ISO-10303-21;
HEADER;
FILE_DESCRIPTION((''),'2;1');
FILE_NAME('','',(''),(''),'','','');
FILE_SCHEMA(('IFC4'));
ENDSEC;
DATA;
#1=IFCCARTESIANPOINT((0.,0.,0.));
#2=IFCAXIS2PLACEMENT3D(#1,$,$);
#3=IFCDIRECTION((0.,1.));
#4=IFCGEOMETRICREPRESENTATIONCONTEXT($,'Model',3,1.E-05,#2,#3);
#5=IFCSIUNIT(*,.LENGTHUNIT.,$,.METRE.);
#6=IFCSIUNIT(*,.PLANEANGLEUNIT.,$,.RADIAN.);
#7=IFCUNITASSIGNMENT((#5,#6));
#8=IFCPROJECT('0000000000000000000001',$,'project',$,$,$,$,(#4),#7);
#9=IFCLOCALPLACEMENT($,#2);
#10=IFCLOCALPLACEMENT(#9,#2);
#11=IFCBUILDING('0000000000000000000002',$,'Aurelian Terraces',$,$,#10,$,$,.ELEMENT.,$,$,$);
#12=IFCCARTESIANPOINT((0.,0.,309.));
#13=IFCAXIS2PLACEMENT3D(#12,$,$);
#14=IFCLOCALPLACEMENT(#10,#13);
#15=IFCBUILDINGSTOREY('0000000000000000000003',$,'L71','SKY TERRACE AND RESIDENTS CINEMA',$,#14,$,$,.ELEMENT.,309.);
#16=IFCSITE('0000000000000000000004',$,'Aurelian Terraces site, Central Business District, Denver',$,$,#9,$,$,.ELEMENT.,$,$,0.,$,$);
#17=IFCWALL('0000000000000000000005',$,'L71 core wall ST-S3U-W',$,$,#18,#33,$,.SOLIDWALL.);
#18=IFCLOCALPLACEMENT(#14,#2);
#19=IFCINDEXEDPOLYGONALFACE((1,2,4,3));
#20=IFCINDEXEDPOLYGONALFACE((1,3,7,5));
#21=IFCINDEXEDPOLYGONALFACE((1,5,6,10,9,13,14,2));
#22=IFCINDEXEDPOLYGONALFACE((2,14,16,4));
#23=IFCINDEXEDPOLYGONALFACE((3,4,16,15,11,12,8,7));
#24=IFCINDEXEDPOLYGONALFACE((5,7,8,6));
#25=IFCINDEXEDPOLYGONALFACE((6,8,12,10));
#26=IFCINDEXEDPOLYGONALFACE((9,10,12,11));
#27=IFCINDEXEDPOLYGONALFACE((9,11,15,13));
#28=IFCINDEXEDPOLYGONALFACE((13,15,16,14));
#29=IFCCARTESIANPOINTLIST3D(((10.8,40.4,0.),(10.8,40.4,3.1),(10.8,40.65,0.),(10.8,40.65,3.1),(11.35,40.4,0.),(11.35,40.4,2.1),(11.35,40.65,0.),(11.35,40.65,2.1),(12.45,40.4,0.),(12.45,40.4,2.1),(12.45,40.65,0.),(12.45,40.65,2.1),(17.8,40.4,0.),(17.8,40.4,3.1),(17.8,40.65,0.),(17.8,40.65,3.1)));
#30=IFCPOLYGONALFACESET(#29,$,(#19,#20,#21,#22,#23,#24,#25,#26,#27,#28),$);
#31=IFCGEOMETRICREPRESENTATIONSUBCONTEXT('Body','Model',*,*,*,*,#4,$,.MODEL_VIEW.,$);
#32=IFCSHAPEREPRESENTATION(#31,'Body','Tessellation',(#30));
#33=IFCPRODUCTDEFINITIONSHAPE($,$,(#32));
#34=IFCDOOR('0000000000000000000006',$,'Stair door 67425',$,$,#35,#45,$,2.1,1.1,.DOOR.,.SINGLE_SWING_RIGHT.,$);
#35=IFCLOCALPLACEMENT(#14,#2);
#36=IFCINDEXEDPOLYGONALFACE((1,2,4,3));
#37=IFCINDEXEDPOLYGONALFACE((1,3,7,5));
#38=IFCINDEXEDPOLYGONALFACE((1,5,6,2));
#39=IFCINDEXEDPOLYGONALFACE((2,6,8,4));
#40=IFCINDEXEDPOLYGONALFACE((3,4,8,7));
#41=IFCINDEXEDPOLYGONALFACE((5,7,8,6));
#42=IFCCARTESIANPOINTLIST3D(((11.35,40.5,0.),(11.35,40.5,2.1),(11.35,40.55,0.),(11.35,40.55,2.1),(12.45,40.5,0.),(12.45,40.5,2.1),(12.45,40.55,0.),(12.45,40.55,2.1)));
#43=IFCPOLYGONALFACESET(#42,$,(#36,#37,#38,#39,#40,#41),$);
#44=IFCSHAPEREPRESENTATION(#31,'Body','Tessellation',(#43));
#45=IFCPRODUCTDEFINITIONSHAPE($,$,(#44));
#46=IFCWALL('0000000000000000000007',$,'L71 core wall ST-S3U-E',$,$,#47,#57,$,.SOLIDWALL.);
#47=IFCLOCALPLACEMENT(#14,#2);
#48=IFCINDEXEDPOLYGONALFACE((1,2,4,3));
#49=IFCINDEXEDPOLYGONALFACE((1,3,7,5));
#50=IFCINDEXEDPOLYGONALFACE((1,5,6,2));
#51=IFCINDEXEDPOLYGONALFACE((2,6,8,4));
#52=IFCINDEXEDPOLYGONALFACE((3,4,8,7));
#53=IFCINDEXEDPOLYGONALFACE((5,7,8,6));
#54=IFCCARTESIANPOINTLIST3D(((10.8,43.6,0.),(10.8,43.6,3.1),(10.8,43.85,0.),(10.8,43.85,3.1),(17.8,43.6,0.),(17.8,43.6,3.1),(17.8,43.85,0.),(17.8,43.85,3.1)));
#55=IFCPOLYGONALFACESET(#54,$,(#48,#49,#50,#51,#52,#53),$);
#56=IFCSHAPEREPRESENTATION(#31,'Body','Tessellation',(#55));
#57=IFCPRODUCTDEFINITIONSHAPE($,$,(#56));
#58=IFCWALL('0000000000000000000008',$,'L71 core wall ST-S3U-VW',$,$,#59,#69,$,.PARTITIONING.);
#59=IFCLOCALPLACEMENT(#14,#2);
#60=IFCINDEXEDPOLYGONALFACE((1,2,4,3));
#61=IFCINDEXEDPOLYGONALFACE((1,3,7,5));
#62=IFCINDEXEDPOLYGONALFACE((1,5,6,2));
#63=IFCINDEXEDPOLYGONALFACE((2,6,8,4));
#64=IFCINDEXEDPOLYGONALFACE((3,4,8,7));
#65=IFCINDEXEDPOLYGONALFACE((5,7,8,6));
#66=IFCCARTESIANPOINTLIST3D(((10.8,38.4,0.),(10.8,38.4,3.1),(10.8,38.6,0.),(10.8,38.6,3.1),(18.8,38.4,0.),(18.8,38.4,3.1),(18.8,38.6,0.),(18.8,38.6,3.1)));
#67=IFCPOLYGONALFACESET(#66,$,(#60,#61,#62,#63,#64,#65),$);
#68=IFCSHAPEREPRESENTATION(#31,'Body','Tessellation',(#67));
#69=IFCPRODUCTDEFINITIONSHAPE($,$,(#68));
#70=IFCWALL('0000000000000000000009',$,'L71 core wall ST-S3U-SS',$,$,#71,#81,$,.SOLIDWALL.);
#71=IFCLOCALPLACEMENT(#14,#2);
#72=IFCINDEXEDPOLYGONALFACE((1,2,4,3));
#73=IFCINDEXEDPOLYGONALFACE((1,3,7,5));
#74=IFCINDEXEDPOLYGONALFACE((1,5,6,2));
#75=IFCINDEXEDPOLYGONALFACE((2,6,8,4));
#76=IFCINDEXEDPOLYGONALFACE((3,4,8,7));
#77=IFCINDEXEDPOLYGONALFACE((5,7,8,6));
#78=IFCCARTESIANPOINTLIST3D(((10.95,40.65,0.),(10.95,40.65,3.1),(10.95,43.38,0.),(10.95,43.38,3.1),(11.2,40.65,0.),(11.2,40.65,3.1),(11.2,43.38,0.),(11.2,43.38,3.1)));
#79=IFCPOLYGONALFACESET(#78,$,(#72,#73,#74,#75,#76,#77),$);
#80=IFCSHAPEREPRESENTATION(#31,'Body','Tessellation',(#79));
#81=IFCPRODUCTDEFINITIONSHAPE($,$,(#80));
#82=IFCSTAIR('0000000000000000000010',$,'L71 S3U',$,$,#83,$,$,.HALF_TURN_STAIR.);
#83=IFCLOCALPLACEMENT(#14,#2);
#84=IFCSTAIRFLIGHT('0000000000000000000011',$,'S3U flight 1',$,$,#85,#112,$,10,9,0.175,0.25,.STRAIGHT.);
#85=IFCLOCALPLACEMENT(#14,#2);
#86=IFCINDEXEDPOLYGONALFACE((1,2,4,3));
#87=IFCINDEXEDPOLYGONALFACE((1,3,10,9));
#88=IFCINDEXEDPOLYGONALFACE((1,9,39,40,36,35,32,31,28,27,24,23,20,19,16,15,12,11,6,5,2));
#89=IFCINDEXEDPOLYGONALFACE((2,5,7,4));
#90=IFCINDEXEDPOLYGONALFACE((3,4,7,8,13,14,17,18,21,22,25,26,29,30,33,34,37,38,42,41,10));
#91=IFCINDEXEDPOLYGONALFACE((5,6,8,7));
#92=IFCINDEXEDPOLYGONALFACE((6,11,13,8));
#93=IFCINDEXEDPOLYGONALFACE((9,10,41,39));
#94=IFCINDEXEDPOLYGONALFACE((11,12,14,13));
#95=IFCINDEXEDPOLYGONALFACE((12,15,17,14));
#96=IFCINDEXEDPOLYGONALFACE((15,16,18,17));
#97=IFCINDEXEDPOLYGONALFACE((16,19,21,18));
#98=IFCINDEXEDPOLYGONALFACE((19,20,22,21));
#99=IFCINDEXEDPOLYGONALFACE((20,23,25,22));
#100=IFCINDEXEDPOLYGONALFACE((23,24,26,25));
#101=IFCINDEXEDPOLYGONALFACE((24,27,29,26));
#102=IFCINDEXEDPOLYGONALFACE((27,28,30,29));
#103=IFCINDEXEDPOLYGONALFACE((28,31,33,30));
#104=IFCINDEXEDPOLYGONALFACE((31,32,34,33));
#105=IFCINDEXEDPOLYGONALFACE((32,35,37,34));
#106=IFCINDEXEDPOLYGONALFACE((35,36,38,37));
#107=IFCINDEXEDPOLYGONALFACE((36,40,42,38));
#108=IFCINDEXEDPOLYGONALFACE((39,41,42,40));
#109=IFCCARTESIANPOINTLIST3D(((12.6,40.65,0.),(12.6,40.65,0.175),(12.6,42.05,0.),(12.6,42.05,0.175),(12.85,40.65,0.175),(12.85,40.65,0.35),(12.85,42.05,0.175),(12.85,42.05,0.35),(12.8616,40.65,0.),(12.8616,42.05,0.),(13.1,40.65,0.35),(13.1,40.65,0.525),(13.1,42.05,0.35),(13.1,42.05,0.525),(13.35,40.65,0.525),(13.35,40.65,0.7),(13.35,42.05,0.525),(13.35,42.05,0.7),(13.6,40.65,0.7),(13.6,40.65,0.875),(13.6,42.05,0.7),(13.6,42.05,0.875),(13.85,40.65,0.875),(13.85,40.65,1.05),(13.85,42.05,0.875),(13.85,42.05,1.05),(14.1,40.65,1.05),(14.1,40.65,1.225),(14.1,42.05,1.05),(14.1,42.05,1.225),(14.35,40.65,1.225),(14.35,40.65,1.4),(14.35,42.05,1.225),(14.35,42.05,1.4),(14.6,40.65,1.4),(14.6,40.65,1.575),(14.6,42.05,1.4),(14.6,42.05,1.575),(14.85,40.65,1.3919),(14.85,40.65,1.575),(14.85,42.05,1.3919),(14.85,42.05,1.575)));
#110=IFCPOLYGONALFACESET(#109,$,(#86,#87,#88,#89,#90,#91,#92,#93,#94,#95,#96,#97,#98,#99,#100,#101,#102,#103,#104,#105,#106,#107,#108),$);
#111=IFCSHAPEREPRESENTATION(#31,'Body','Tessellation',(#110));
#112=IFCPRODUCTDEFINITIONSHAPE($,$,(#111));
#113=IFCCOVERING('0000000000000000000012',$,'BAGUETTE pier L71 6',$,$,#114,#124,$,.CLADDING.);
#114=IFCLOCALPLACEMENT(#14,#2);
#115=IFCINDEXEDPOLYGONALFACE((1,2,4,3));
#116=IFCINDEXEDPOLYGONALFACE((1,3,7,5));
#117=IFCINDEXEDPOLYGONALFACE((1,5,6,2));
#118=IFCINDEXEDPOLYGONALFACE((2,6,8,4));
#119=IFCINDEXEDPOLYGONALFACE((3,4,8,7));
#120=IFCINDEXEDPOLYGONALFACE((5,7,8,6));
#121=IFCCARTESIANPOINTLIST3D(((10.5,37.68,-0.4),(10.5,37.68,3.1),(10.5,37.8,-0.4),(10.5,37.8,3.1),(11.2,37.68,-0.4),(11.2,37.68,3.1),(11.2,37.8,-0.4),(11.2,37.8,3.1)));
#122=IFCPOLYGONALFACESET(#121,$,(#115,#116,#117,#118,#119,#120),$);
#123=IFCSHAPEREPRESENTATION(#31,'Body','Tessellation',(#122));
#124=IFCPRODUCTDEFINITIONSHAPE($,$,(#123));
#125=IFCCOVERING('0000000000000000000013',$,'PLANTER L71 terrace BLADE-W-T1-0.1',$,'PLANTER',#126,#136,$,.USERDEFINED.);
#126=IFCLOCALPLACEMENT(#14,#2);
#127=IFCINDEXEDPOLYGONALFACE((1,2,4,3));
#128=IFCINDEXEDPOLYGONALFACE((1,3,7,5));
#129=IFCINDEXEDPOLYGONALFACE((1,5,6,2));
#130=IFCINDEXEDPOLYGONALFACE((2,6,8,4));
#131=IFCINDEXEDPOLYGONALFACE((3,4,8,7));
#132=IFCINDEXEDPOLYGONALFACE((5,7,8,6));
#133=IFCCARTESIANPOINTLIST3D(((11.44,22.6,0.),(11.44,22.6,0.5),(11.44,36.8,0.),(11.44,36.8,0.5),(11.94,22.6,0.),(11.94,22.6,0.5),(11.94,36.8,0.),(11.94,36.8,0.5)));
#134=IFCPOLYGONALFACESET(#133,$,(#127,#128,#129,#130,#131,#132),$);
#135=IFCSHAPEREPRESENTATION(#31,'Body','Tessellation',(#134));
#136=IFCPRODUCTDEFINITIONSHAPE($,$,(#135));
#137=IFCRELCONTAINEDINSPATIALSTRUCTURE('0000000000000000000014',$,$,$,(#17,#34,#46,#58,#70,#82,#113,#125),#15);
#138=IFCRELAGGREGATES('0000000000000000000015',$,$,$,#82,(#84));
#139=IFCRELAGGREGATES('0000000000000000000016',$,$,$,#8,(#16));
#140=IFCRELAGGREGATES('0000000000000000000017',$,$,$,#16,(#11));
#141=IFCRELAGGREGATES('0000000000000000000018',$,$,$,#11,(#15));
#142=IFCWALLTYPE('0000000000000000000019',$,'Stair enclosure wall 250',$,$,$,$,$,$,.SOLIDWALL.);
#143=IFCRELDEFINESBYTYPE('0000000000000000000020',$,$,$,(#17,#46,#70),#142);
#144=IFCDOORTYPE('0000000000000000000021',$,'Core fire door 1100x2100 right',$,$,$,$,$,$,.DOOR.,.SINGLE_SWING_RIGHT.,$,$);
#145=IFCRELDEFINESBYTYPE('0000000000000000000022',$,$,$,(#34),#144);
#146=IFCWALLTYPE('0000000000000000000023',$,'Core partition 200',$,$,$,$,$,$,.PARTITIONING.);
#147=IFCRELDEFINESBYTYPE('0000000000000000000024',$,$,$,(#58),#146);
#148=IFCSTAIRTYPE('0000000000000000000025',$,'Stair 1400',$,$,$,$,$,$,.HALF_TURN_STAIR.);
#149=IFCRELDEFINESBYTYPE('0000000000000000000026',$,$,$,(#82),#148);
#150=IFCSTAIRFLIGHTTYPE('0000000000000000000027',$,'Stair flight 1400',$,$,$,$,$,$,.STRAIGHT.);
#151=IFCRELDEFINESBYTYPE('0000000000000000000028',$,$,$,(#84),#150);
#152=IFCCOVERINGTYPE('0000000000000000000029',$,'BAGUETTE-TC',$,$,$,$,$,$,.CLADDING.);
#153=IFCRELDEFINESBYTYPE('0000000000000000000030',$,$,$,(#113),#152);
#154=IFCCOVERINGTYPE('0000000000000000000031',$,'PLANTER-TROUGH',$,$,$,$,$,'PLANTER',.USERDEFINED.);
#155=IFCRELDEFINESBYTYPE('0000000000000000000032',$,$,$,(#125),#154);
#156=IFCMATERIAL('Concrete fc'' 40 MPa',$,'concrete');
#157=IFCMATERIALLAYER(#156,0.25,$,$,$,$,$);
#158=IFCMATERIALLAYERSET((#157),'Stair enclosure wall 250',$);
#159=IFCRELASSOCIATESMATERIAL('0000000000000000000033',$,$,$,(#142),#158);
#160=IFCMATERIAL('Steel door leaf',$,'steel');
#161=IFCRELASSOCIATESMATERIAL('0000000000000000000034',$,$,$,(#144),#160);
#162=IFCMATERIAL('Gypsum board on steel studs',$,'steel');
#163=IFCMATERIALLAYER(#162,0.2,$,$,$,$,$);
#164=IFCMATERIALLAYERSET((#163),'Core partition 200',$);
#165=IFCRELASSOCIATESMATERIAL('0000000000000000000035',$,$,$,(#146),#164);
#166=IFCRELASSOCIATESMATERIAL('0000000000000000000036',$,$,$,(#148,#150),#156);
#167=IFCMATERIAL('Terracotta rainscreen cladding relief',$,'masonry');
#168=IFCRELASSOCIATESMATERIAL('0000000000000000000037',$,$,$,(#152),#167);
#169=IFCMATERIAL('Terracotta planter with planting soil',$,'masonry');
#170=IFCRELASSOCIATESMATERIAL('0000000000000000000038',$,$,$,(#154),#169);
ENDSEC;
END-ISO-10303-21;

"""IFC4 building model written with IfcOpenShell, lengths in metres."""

from ifc_helpers import new_model, si_unit, direction, frame, frame_2d, origin, origin_2d, place, context, subcontext, project, spatial, polyline, rectangle, outline, extrude, source, transform, mapped, material, layer, layer_set, type_object, element, fill, aggregate, save


model = new_model("IFC4")

# Units and contexts
model_context = context("Model", 3, precision=1e-05, world=origin(), true_north=direction((0.0, 1.0)))
body_context = subcontext(model_context, "Body", "Model", "MODEL_VIEW")
ifc_project = project(units=[si_unit("LENGTHUNIT", "METRE"), si_unit("PLANEANGLEUNIT", "RADIAN")], contexts=[model_context])

# Site, building, storey
site_placement = place(None, origin())
site = spatial("IfcSite", under=ifc_project, at=site_placement, Name="Aurelian Terraces site, Central Business District, Denver", CompositionType="ELEMENT", RefElevation=0.0)
building_placement = place(site_placement, origin())
building = spatial("IfcBuilding", under=site, at=building_placement, Name="Aurelian Terraces", CompositionType="ELEMENT")
storey_placement = place(building_placement, frame((0.0, 0.0, 309.0)))
storey = spatial("IfcBuildingStorey", under=building, at=storey_placement, Name="L71", Description="SKY TERRACE AND RESIDENTS CINEMA", CompositionType="ELEMENT", Elevation=309.0)

# Shared definitions
ifc_material_1 = material(Name="Concrete fc' 40 MPa", Category="concrete")

# Wall, opening, door
ifc_layer_1 = layer(ifc_material_1, 0.25)
ifc_layer_set_1 = layer_set([ifc_layer_1], Name="Stair enclosure wall 250")
wall_type_1 = type_object("IfcWallType", Name="Stair enclosure wall 250", PredefinedType="SOLIDWALL", material=ifc_layer_set_1)
shared_shape_1 = source(origin(), body_context, "Body", "SweptSolid", [
    extrude(rectangle(XDim=7.0, YDim=0.25, at=frame_2d((3.5, 0.0))), origin(), (0.0, 0.0, 1.0), 3.1),
])
wall_1_placement = place(storey_placement, frame((10.8, 40.525, 0.0), z_axis=(0.0, 0.0, 1.0), x_axis=(1.0, 0.0, 0.0)))
wall_1 = element("IfcWall", 1, at=wall_1_placement, inside=storey, type_object=wall_type_1, Name="L71 core wall ST-S3U-W", PredefinedType="SOLIDWALL", context=body_context, shape_type="MappedRepresentation", body=[
    mapped(shared_shape_1, transform((0.0, 0.0, 0.0), scale=1.0)),
])
shared_shape_2 = source(origin(), body_context, "Body", "SweptSolid", [
    extrude(rectangle(XDim=1.1, YDim=2.1, at=frame_2d((0.55, 1.05))), frame((0.0, 0.135, 0.0), z_axis=(0.0, -1.0, 0.0), x_axis=(1.0, 0.0, 0.0)), (0.0, 0.0, 1.0), 0.27),
])
opening_placement = place(wall_1_placement, frame((0.55, 0.0, 0.0)))
opening = element("IfcOpeningElement", 2, at=opening_placement, cuts=wall_1, PredefinedType="OPENING", context=body_context, shape_type="MappedRepresentation", body=[
    mapped(shared_shape_2, transform((0.0, 0.0, 0.0), scale=1.0)),
])
ifc_material_2 = material(Name="Steel door leaf", Category="steel")
door_type = type_object("IfcDoorType", Name="Core fire door 1100x2100 right", OperationType="SINGLE_SWING_RIGHT", PredefinedType="DOOR", material=ifc_material_2)
shared_shape_3 = source(origin(), body_context, "Body", "SweptSolid", [
    extrude(rectangle(XDim=1.1, YDim=2.1, at=frame_2d((0.55, 1.05))), frame((0.0, 0.025, 0.0), z_axis=(0.0, -1.0, 0.0), x_axis=(1.0, 0.0, 0.0)), (0.0, 0.0, 1.0), 0.05),
])
door_placement = place(opening_placement, origin())
door = element("IfcDoor", 3, at=door_placement, inside=storey, type_object=door_type, Name="Stair door 67425", OperationType="SINGLE_SWING_RIGHT", OverallHeight=2.1, OverallWidth=1.1, PredefinedType="DOOR", context=body_context, shape_type="MappedRepresentation", body=[
    mapped(shared_shape_3, transform((0.0, 0.0, 0.0), scale=1.0)),
])
fill(opening, door)

# Walls
wall_2_placement = place(storey_placement, frame((10.8, 43.725, 0.0), z_axis=(0.0, 0.0, 1.0), x_axis=(1.0, 0.0, 0.0)))
element("IfcWall", 4, at=wall_2_placement, inside=storey, type_object=wall_type_1, Name="L71 core wall ST-S3U-E", PredefinedType="SOLIDWALL", context=body_context, shape_type="MappedRepresentation", body=[
    mapped(shared_shape_1, transform((0.0, 0.0, 0.0), scale=1.0)),
])
ifc_material_3 = material(Name="Gypsum board on steel studs", Category="steel")
ifc_layer_2 = layer(ifc_material_3, 0.2)
ifc_layer_set_2 = layer_set([ifc_layer_2], Name="Core partition 200")
wall_type_2 = type_object("IfcWallType", Name="Core partition 200", PredefinedType="PARTITIONING", material=ifc_layer_set_2)
shared_shape_4 = source(origin(), body_context, "Body", "SweptSolid", [
    extrude(rectangle(XDim=8.0, YDim=0.2, at=frame_2d((4.0, 0.0))), origin(), (0.0, 0.0, 1.0), 3.1),
])
wall_3_placement = place(storey_placement, frame((10.8, 38.5, 0.0), z_axis=(0.0, 0.0, 1.0), x_axis=(1.0, 0.0, 0.0)))
element("IfcWall", 5, at=wall_3_placement, inside=storey, type_object=wall_type_2, Name="L71 core wall ST-S3U-VW", PredefinedType="PARTITIONING", context=body_context, shape_type="MappedRepresentation", body=[
    mapped(shared_shape_4, transform((0.0, 0.0, 0.0), scale=1.0)),
])
shared_shape_5 = source(origin(), body_context, "Body", "SweptSolid", [
    extrude(rectangle(XDim=2.73, YDim=0.25, at=frame_2d((1.365, 0.0))), origin(), (0.0, 0.0, 1.0), 3.1),
])
wall_4_placement = place(storey_placement, frame((11.075, 40.65, 0.0), z_axis=(0.0, 0.0, 1.0), x_axis=(0.0, 1.0, 0.0)))
element("IfcWall", 6, at=wall_4_placement, inside=storey, type_object=wall_type_1, Name="L71 core wall ST-S3U-SS", PredefinedType="SOLIDWALL", context=body_context, shape_type="MappedRepresentation", body=[
    mapped(shared_shape_5, transform((0.0, 0.0, 0.0), scale=1.0)),
])

# Stair, stair flight
stair_type = type_object("IfcStairType", Name="Stair 1400", PredefinedType="HALF_TURN_STAIR", material=ifc_material_1)
stair_placement = place(storey_placement, origin())
stair = element("IfcStair", 7, at=stair_placement, inside=storey, type_object=stair_type, Name="L71 S3U", PredefinedType="HALF_TURN_STAIR")
stair_flight_type = type_object("IfcStairFlightType", Name="Stair flight 1400", PredefinedType="STRAIGHT", material=ifc_material_1)
shared_shape_6 = source(origin(), body_context, "Body", "SweptSolid", [
    extrude(outline(polyline([(0.0, 0.0), (0.0, 0.175), (0.25, 0.175), (0.25, 0.35), (0.5, 0.35), (0.5, 0.525), (0.75, 0.525), (0.75, 0.7), (1.0, 0.7), (1.0, 0.875), (1.25, 0.875), (1.25, 1.05), (1.5, 1.05), (1.5, 1.225), (1.75, 1.225), (1.75, 1.4), (2.0, 1.4), (2.0, 1.575), (2.25, 1.575), (2.25, 1.75), (2.25, 1.3919), (0.2616, 0.0), (0.0, 0.0)])), frame((0.0, 0.7, 0.0), z_axis=(0.0, -1.0, 0.0), x_axis=(1.0, 0.0, 0.0)), (0.0, 0.0, 1.0), 1.4),
])
stair_flight_placement = place(storey_placement, frame((12.6, 41.35, 0.0), z_axis=(0.0, 0.0, 1.0), x_axis=(1.0, 0.0, 0.0)))
stair_flight = element("IfcStairFlight", 8, at=stair_flight_placement, type_object=stair_flight_type, Name="S3U flight 1", NumberOfRisers=10, NumberOfTreads=9, PredefinedType="STRAIGHT", RiserHeight=0.175, TreadLength=0.25, context=body_context, shape_type="MappedRepresentation", body=[
    mapped(shared_shape_6, transform((0.0, 0.0, 0.0), scale=1.0)),
])
aggregate(stair, [stair_flight])

# Coverings
ifc_material_4 = material(Name="Terracotta rainscreen cladding relief", Category="masonry")
covering_type_1 = type_object("IfcCoveringType", Name="BAGUETTE-TC", PredefinedType="CLADDING", material=ifc_material_4)
shared_shape_7 = source(origin(), body_context, "Body", "SweptSolid", [
    extrude(rectangle(XDim=0.7, YDim=0.12, at=origin_2d()), origin(), (0.0, 0.0, 1.0), 3.5),
])
covering_1_placement = place(storey_placement, frame((10.85, 37.74, -0.4), z_axis=(0.0, 0.0, 1.0), x_axis=(1.0, 0.0, 0.0)))
element("IfcCovering", 9, at=covering_1_placement, inside=storey, type_object=covering_type_1, Name="BAGUETTE pier L71 6", PredefinedType="CLADDING", context=body_context, shape_type="MappedRepresentation", body=[
    mapped(shared_shape_7, transform((0.0, 0.0, 0.0), scale=1.0)),
])
ifc_material_5 = material(Name="Terracotta planter with planting soil", Category="masonry")
covering_type_2 = type_object("IfcCoveringType", Name="PLANTER-TROUGH", ElementType="PLANTER", PredefinedType="USERDEFINED", material=ifc_material_5)
shared_shape_8 = source(origin(), body_context, "Body", "SweptSolid", [
    extrude(rectangle(XDim=0.5, YDim=14.2, at=origin_2d()), origin(), (0.0, 0.0, 1.0), 0.5),
])
covering_2_placement = place(storey_placement, frame((11.69, 29.7, 0.0), z_axis=(0.0, 0.0, 1.0), x_axis=(1.0, 0.0, 0.0)))
element("IfcCovering", 10, at=covering_2_placement, inside=storey, type_object=covering_type_2, Name="PLANTER L71 terrace BLADE-W-T1-0.1", ObjectType="PLANTER", PredefinedType="USERDEFINED", context=body_context, shape_type="MappedRepresentation", body=[
    mapped(shared_shape_8, transform((0.0, 0.0, 0.0), scale=1.0)),
])

save(model, "model.ifc")
